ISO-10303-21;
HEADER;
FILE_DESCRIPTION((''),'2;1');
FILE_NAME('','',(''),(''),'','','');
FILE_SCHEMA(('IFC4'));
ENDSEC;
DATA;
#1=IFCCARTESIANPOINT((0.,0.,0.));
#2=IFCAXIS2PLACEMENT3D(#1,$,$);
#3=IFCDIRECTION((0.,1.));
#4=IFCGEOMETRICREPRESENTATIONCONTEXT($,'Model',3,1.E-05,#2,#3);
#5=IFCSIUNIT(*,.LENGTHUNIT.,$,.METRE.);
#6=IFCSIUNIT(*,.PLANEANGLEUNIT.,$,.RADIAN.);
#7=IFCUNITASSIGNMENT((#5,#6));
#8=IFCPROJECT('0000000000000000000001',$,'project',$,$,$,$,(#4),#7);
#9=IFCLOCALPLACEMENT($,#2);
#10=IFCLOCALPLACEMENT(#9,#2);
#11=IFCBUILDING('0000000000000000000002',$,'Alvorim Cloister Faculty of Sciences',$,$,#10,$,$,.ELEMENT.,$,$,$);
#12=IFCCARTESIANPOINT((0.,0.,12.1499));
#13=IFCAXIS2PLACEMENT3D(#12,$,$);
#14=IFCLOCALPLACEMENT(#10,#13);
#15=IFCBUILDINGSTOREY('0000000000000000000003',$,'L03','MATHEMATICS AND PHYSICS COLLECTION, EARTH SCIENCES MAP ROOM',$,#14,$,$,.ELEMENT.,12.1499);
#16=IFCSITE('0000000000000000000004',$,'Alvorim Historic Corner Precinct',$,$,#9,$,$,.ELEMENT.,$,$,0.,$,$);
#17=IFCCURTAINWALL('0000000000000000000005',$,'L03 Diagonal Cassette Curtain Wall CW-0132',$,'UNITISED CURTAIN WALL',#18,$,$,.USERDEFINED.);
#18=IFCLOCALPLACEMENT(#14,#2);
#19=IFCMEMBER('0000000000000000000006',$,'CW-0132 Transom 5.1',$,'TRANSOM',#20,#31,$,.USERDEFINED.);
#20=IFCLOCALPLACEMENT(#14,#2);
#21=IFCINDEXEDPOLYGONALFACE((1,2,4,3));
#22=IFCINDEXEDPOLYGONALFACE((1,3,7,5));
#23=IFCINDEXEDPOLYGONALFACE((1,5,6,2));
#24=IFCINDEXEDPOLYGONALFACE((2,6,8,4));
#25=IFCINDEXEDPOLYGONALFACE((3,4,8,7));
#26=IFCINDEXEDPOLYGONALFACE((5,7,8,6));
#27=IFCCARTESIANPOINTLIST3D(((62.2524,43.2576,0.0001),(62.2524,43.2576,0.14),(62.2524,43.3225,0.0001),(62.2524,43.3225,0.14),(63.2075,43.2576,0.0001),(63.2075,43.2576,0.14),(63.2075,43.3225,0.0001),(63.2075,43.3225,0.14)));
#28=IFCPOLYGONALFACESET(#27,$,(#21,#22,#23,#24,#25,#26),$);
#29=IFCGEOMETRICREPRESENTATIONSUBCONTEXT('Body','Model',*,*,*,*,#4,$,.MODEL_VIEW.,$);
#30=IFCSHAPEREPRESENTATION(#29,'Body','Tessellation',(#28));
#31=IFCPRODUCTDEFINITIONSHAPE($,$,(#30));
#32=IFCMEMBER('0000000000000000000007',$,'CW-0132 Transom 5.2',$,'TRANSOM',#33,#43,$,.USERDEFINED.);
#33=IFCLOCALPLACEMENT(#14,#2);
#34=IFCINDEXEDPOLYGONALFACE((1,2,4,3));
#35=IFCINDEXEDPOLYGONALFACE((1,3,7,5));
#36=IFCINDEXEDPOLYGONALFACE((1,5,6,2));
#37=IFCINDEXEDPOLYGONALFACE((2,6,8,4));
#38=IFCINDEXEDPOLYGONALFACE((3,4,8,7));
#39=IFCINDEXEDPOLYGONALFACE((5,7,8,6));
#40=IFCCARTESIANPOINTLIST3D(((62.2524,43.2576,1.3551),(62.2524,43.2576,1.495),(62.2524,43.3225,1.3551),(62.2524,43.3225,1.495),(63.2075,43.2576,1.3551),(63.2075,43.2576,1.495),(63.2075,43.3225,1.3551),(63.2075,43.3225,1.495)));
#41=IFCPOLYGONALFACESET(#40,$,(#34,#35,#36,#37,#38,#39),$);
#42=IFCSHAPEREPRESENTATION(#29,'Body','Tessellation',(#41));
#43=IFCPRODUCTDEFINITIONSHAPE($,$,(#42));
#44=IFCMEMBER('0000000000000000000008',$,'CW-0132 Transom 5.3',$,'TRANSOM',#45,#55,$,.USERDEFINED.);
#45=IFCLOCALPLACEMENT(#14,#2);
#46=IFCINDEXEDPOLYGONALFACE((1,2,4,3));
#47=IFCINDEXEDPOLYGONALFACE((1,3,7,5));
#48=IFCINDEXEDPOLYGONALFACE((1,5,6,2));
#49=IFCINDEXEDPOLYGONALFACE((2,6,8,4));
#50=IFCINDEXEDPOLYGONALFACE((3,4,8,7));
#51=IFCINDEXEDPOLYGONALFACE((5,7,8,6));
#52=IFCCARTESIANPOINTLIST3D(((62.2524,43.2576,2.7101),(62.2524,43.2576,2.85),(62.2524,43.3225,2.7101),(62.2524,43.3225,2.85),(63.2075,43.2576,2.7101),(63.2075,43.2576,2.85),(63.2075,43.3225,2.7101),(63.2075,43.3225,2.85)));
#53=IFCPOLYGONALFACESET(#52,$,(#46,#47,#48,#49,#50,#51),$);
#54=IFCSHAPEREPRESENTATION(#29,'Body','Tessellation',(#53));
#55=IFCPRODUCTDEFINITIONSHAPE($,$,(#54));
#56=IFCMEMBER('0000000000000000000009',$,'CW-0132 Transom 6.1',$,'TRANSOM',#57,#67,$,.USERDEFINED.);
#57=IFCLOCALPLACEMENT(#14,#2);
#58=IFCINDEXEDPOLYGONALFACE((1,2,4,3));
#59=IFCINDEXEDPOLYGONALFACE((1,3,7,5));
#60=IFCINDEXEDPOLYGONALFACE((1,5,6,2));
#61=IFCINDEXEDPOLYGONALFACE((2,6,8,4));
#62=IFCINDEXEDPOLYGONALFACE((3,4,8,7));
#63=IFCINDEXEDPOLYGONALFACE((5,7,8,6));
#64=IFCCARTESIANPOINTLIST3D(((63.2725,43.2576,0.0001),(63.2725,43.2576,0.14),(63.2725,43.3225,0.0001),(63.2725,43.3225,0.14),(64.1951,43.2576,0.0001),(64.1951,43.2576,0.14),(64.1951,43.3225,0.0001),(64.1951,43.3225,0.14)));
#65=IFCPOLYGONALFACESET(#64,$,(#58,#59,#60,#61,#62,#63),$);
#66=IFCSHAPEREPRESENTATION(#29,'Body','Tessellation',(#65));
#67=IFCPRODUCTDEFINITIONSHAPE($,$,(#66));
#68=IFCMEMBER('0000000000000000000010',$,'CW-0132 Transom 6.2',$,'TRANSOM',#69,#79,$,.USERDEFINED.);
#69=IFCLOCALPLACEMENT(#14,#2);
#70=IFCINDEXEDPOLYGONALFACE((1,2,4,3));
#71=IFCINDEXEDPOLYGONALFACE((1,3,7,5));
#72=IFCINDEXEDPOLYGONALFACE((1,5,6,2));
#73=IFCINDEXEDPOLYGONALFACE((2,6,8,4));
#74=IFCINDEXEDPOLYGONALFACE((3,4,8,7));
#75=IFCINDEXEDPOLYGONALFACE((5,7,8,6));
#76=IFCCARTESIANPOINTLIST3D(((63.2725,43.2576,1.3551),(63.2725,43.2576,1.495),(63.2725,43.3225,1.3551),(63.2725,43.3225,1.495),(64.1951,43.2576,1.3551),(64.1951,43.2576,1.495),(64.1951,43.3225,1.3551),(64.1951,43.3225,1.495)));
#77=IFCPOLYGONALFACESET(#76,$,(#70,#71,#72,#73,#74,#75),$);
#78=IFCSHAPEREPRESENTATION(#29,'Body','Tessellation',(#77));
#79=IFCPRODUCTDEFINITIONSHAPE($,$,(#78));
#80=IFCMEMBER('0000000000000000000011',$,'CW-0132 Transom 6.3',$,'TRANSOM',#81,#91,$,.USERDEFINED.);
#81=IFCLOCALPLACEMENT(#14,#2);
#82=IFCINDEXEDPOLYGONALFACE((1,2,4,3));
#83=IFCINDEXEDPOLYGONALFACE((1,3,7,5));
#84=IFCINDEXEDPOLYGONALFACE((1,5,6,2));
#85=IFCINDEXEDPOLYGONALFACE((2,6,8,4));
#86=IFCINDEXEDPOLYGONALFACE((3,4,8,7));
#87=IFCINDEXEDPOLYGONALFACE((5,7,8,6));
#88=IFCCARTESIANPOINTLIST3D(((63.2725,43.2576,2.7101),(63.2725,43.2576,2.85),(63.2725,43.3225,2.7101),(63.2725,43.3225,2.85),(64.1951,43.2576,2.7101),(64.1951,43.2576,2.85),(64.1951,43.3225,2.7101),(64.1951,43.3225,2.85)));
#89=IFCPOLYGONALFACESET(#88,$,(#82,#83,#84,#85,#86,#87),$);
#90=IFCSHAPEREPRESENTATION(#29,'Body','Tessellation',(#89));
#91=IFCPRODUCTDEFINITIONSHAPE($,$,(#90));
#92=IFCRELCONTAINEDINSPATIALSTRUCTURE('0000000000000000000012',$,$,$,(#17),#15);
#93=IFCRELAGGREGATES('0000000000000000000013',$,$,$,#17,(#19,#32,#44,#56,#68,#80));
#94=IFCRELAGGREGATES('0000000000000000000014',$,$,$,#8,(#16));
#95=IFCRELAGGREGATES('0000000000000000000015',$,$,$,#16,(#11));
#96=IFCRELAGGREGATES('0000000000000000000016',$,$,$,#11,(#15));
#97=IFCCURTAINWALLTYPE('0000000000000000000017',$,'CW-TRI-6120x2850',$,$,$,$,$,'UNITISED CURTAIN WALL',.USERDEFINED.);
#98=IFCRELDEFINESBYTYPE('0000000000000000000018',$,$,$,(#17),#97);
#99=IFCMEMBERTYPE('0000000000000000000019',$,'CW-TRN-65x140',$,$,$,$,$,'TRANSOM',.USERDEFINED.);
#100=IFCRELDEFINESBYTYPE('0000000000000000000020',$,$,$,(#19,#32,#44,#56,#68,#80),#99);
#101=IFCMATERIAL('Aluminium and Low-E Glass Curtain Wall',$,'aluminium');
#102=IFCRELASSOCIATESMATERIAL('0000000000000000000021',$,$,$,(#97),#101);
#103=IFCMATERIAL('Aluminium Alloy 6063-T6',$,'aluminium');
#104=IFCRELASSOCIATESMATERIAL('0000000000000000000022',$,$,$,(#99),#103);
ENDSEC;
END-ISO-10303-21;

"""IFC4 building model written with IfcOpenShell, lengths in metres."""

from ifc_helpers import new_model, si_unit, direction, frame, origin, origin_2d, place, context, subcontext, project, spatial, rectangle, extrude, material, material_profile, profile_set, type_object, element, aggregate, save


model = new_model("IFC4")

# Units and contexts
model_context = context("Model", 3, precision=1e-05, world=origin(), true_north=direction((0.0, 1.0)))
body_context = subcontext(model_context, "Body", "Model", "MODEL_VIEW")
ifc_project = project(units=[si_unit("LENGTHUNIT", "METRE"), si_unit("PLANEANGLEUNIT", "RADIAN")], contexts=[model_context])

# Site, building, storey
site_placement = place(None, origin())
site = spatial("IfcSite", under=ifc_project, at=site_placement, Name="Alvorim Historic Corner Precinct", CompositionType="ELEMENT", RefElevation=0.0)
building_placement = place(site_placement, origin())
building = spatial("IfcBuilding", under=site, at=building_placement, Name="Alvorim Cloister Faculty of Sciences", CompositionType="ELEMENT")
storey_placement = place(building_placement, frame((0.0, 0.0, 12.1499)))
storey = spatial("IfcBuildingStorey", under=building, at=storey_placement, Name="L03", Description="MATHEMATICS AND PHYSICS COLLECTION, EARTH SCIENCES MAP ROOM", CompositionType="ELEMENT", Elevation=12.1499)

# Curtain wall
ifc_material_1 = material(Name="Aluminium and Low-E Glass Curtain Wall", Category="aluminium")
ifc_material_2 = material(Name="Aluminium Alloy 6063-T6", Category="aluminium")
curtain_wall_type_1 = type_object("IfcCurtainWallType", Name="CW-TRI-6120x2850", ElementType="UNITISED CURTAIN WALL", PredefinedType="USERDEFINED", material=ifc_material_1)
curtain_wall_1_placement = place(storey_placement, origin())
curtain_wall_1 = element("IfcCurtainWall", 1, at=curtain_wall_1_placement, inside=storey, type_object=curtain_wall_type_1, Name="L03 Diagonal Cassette Curtain Wall CW-0132", ObjectType="UNITISED CURTAIN WALL", PredefinedType="USERDEFINED")

# Members
ifc_material_profile_1 = material_profile(ifc_material_2, rectangle(XDim=0.0649, YDim=0.1399, at=origin_2d()), Name="ALU-TRN-65x140")
ifc_profile_set_1 = profile_set([ifc_material_profile_1], Name="Aluminium Alloy 6063-T6")
member_type_1 = type_object("IfcMemberType", Name="CW-TRN-65x140", ElementType="TRANSOM", PredefinedType="USERDEFINED", material=ifc_profile_set_1)
member_1_placement = place(storey_placement, frame((62.2524, 43.29, 0.0701), z_axis=(1.0, 0.0, 0.0), x_axis=(0.0, 1.0, 0.0)))
member_1 = element("IfcMember", 2, at=member_1_placement, type_object=member_type_1, Name="CW-0132 Transom 5.1", ObjectType="TRANSOM", PredefinedType="USERDEFINED", context=body_context, shape_type="SweptSolid", body=[
    extrude(rectangle(XDim=0.0649, YDim=0.1399, at=origin_2d()), origin(), (0.0, 0.0, 1.0), 0.9551),
])
member_2_placement = place(storey_placement, frame((62.2524, 43.29, 1.425), z_axis=(1.0, 0.0, 0.0), x_axis=(0.0, 1.0, 0.0)))
member_2 = element("IfcMember", 3, at=member_2_placement, type_object=member_type_1, Name="CW-0132 Transom 5.2", ObjectType="TRANSOM", PredefinedType="USERDEFINED", context=body_context, shape_type="SweptSolid", body=[
    extrude(rectangle(XDim=0.0649, YDim=0.1399, at=origin_2d()), origin(), (0.0, 0.0, 1.0), 0.9551),
])
member_3_placement = place(storey_placement, frame((62.2524, 43.29, 2.78), z_axis=(1.0, 0.0, 0.0), x_axis=(0.0, 1.0, 0.0)))
member_3 = element("IfcMember", 4, at=member_3_placement, type_object=member_type_1, Name="CW-0132 Transom 5.3", ObjectType="TRANSOM", PredefinedType="USERDEFINED", context=body_context, shape_type="SweptSolid", body=[
    extrude(rectangle(XDim=0.0649, YDim=0.1399, at=origin_2d()), origin(), (0.0, 0.0, 1.0), 0.9551),
])
member_4_placement = place(storey_placement, frame((63.2725, 43.29, 0.0701), z_axis=(1.0, 0.0, 0.0), x_axis=(0.0, 1.0, 0.0)))
member_4 = element("IfcMember", 5, at=member_4_placement, type_object=member_type_1, Name="CW-0132 Transom 6.1", ObjectType="TRANSOM", PredefinedType="USERDEFINED", context=body_context, shape_type="SweptSolid", body=[
    extrude(rectangle(XDim=0.0649, YDim=0.1399, at=origin_2d()), origin(), (0.0, 0.0, 1.0), 0.9226),
])
member_5_placement = place(storey_placement, frame((63.2725, 43.29, 1.425), z_axis=(1.0, 0.0, 0.0), x_axis=(0.0, 1.0, 0.0)))
member_5 = element("IfcMember", 6, at=member_5_placement, type_object=member_type_1, Name="CW-0132 Transom 6.2", ObjectType="TRANSOM", PredefinedType="USERDEFINED", context=body_context, shape_type="SweptSolid", body=[
    extrude(rectangle(XDim=0.0649, YDim=0.1399, at=origin_2d()), origin(), (0.0, 0.0, 1.0), 0.9226),
])
member_6_placement = place(storey_placement, frame((63.2725, 43.29, 2.78), z_axis=(1.0, 0.0, 0.0), x_axis=(0.0, 1.0, 0.0)))
member_6 = element("IfcMember", 7, at=member_6_placement, type_object=member_type_1, Name="CW-0132 Transom 6.3", ObjectType="TRANSOM", PredefinedType="USERDEFINED", context=body_context, shape_type="SweptSolid", body=[
    extrude(rectangle(XDim=0.0649, YDim=0.1399, at=origin_2d()), origin(), (0.0, 0.0, 1.0), 0.9226),
])
aggregate(curtain_wall_1, [member_1, member_2, member_3, member_4, member_5, member_6])

save(model, "model.ifc")
